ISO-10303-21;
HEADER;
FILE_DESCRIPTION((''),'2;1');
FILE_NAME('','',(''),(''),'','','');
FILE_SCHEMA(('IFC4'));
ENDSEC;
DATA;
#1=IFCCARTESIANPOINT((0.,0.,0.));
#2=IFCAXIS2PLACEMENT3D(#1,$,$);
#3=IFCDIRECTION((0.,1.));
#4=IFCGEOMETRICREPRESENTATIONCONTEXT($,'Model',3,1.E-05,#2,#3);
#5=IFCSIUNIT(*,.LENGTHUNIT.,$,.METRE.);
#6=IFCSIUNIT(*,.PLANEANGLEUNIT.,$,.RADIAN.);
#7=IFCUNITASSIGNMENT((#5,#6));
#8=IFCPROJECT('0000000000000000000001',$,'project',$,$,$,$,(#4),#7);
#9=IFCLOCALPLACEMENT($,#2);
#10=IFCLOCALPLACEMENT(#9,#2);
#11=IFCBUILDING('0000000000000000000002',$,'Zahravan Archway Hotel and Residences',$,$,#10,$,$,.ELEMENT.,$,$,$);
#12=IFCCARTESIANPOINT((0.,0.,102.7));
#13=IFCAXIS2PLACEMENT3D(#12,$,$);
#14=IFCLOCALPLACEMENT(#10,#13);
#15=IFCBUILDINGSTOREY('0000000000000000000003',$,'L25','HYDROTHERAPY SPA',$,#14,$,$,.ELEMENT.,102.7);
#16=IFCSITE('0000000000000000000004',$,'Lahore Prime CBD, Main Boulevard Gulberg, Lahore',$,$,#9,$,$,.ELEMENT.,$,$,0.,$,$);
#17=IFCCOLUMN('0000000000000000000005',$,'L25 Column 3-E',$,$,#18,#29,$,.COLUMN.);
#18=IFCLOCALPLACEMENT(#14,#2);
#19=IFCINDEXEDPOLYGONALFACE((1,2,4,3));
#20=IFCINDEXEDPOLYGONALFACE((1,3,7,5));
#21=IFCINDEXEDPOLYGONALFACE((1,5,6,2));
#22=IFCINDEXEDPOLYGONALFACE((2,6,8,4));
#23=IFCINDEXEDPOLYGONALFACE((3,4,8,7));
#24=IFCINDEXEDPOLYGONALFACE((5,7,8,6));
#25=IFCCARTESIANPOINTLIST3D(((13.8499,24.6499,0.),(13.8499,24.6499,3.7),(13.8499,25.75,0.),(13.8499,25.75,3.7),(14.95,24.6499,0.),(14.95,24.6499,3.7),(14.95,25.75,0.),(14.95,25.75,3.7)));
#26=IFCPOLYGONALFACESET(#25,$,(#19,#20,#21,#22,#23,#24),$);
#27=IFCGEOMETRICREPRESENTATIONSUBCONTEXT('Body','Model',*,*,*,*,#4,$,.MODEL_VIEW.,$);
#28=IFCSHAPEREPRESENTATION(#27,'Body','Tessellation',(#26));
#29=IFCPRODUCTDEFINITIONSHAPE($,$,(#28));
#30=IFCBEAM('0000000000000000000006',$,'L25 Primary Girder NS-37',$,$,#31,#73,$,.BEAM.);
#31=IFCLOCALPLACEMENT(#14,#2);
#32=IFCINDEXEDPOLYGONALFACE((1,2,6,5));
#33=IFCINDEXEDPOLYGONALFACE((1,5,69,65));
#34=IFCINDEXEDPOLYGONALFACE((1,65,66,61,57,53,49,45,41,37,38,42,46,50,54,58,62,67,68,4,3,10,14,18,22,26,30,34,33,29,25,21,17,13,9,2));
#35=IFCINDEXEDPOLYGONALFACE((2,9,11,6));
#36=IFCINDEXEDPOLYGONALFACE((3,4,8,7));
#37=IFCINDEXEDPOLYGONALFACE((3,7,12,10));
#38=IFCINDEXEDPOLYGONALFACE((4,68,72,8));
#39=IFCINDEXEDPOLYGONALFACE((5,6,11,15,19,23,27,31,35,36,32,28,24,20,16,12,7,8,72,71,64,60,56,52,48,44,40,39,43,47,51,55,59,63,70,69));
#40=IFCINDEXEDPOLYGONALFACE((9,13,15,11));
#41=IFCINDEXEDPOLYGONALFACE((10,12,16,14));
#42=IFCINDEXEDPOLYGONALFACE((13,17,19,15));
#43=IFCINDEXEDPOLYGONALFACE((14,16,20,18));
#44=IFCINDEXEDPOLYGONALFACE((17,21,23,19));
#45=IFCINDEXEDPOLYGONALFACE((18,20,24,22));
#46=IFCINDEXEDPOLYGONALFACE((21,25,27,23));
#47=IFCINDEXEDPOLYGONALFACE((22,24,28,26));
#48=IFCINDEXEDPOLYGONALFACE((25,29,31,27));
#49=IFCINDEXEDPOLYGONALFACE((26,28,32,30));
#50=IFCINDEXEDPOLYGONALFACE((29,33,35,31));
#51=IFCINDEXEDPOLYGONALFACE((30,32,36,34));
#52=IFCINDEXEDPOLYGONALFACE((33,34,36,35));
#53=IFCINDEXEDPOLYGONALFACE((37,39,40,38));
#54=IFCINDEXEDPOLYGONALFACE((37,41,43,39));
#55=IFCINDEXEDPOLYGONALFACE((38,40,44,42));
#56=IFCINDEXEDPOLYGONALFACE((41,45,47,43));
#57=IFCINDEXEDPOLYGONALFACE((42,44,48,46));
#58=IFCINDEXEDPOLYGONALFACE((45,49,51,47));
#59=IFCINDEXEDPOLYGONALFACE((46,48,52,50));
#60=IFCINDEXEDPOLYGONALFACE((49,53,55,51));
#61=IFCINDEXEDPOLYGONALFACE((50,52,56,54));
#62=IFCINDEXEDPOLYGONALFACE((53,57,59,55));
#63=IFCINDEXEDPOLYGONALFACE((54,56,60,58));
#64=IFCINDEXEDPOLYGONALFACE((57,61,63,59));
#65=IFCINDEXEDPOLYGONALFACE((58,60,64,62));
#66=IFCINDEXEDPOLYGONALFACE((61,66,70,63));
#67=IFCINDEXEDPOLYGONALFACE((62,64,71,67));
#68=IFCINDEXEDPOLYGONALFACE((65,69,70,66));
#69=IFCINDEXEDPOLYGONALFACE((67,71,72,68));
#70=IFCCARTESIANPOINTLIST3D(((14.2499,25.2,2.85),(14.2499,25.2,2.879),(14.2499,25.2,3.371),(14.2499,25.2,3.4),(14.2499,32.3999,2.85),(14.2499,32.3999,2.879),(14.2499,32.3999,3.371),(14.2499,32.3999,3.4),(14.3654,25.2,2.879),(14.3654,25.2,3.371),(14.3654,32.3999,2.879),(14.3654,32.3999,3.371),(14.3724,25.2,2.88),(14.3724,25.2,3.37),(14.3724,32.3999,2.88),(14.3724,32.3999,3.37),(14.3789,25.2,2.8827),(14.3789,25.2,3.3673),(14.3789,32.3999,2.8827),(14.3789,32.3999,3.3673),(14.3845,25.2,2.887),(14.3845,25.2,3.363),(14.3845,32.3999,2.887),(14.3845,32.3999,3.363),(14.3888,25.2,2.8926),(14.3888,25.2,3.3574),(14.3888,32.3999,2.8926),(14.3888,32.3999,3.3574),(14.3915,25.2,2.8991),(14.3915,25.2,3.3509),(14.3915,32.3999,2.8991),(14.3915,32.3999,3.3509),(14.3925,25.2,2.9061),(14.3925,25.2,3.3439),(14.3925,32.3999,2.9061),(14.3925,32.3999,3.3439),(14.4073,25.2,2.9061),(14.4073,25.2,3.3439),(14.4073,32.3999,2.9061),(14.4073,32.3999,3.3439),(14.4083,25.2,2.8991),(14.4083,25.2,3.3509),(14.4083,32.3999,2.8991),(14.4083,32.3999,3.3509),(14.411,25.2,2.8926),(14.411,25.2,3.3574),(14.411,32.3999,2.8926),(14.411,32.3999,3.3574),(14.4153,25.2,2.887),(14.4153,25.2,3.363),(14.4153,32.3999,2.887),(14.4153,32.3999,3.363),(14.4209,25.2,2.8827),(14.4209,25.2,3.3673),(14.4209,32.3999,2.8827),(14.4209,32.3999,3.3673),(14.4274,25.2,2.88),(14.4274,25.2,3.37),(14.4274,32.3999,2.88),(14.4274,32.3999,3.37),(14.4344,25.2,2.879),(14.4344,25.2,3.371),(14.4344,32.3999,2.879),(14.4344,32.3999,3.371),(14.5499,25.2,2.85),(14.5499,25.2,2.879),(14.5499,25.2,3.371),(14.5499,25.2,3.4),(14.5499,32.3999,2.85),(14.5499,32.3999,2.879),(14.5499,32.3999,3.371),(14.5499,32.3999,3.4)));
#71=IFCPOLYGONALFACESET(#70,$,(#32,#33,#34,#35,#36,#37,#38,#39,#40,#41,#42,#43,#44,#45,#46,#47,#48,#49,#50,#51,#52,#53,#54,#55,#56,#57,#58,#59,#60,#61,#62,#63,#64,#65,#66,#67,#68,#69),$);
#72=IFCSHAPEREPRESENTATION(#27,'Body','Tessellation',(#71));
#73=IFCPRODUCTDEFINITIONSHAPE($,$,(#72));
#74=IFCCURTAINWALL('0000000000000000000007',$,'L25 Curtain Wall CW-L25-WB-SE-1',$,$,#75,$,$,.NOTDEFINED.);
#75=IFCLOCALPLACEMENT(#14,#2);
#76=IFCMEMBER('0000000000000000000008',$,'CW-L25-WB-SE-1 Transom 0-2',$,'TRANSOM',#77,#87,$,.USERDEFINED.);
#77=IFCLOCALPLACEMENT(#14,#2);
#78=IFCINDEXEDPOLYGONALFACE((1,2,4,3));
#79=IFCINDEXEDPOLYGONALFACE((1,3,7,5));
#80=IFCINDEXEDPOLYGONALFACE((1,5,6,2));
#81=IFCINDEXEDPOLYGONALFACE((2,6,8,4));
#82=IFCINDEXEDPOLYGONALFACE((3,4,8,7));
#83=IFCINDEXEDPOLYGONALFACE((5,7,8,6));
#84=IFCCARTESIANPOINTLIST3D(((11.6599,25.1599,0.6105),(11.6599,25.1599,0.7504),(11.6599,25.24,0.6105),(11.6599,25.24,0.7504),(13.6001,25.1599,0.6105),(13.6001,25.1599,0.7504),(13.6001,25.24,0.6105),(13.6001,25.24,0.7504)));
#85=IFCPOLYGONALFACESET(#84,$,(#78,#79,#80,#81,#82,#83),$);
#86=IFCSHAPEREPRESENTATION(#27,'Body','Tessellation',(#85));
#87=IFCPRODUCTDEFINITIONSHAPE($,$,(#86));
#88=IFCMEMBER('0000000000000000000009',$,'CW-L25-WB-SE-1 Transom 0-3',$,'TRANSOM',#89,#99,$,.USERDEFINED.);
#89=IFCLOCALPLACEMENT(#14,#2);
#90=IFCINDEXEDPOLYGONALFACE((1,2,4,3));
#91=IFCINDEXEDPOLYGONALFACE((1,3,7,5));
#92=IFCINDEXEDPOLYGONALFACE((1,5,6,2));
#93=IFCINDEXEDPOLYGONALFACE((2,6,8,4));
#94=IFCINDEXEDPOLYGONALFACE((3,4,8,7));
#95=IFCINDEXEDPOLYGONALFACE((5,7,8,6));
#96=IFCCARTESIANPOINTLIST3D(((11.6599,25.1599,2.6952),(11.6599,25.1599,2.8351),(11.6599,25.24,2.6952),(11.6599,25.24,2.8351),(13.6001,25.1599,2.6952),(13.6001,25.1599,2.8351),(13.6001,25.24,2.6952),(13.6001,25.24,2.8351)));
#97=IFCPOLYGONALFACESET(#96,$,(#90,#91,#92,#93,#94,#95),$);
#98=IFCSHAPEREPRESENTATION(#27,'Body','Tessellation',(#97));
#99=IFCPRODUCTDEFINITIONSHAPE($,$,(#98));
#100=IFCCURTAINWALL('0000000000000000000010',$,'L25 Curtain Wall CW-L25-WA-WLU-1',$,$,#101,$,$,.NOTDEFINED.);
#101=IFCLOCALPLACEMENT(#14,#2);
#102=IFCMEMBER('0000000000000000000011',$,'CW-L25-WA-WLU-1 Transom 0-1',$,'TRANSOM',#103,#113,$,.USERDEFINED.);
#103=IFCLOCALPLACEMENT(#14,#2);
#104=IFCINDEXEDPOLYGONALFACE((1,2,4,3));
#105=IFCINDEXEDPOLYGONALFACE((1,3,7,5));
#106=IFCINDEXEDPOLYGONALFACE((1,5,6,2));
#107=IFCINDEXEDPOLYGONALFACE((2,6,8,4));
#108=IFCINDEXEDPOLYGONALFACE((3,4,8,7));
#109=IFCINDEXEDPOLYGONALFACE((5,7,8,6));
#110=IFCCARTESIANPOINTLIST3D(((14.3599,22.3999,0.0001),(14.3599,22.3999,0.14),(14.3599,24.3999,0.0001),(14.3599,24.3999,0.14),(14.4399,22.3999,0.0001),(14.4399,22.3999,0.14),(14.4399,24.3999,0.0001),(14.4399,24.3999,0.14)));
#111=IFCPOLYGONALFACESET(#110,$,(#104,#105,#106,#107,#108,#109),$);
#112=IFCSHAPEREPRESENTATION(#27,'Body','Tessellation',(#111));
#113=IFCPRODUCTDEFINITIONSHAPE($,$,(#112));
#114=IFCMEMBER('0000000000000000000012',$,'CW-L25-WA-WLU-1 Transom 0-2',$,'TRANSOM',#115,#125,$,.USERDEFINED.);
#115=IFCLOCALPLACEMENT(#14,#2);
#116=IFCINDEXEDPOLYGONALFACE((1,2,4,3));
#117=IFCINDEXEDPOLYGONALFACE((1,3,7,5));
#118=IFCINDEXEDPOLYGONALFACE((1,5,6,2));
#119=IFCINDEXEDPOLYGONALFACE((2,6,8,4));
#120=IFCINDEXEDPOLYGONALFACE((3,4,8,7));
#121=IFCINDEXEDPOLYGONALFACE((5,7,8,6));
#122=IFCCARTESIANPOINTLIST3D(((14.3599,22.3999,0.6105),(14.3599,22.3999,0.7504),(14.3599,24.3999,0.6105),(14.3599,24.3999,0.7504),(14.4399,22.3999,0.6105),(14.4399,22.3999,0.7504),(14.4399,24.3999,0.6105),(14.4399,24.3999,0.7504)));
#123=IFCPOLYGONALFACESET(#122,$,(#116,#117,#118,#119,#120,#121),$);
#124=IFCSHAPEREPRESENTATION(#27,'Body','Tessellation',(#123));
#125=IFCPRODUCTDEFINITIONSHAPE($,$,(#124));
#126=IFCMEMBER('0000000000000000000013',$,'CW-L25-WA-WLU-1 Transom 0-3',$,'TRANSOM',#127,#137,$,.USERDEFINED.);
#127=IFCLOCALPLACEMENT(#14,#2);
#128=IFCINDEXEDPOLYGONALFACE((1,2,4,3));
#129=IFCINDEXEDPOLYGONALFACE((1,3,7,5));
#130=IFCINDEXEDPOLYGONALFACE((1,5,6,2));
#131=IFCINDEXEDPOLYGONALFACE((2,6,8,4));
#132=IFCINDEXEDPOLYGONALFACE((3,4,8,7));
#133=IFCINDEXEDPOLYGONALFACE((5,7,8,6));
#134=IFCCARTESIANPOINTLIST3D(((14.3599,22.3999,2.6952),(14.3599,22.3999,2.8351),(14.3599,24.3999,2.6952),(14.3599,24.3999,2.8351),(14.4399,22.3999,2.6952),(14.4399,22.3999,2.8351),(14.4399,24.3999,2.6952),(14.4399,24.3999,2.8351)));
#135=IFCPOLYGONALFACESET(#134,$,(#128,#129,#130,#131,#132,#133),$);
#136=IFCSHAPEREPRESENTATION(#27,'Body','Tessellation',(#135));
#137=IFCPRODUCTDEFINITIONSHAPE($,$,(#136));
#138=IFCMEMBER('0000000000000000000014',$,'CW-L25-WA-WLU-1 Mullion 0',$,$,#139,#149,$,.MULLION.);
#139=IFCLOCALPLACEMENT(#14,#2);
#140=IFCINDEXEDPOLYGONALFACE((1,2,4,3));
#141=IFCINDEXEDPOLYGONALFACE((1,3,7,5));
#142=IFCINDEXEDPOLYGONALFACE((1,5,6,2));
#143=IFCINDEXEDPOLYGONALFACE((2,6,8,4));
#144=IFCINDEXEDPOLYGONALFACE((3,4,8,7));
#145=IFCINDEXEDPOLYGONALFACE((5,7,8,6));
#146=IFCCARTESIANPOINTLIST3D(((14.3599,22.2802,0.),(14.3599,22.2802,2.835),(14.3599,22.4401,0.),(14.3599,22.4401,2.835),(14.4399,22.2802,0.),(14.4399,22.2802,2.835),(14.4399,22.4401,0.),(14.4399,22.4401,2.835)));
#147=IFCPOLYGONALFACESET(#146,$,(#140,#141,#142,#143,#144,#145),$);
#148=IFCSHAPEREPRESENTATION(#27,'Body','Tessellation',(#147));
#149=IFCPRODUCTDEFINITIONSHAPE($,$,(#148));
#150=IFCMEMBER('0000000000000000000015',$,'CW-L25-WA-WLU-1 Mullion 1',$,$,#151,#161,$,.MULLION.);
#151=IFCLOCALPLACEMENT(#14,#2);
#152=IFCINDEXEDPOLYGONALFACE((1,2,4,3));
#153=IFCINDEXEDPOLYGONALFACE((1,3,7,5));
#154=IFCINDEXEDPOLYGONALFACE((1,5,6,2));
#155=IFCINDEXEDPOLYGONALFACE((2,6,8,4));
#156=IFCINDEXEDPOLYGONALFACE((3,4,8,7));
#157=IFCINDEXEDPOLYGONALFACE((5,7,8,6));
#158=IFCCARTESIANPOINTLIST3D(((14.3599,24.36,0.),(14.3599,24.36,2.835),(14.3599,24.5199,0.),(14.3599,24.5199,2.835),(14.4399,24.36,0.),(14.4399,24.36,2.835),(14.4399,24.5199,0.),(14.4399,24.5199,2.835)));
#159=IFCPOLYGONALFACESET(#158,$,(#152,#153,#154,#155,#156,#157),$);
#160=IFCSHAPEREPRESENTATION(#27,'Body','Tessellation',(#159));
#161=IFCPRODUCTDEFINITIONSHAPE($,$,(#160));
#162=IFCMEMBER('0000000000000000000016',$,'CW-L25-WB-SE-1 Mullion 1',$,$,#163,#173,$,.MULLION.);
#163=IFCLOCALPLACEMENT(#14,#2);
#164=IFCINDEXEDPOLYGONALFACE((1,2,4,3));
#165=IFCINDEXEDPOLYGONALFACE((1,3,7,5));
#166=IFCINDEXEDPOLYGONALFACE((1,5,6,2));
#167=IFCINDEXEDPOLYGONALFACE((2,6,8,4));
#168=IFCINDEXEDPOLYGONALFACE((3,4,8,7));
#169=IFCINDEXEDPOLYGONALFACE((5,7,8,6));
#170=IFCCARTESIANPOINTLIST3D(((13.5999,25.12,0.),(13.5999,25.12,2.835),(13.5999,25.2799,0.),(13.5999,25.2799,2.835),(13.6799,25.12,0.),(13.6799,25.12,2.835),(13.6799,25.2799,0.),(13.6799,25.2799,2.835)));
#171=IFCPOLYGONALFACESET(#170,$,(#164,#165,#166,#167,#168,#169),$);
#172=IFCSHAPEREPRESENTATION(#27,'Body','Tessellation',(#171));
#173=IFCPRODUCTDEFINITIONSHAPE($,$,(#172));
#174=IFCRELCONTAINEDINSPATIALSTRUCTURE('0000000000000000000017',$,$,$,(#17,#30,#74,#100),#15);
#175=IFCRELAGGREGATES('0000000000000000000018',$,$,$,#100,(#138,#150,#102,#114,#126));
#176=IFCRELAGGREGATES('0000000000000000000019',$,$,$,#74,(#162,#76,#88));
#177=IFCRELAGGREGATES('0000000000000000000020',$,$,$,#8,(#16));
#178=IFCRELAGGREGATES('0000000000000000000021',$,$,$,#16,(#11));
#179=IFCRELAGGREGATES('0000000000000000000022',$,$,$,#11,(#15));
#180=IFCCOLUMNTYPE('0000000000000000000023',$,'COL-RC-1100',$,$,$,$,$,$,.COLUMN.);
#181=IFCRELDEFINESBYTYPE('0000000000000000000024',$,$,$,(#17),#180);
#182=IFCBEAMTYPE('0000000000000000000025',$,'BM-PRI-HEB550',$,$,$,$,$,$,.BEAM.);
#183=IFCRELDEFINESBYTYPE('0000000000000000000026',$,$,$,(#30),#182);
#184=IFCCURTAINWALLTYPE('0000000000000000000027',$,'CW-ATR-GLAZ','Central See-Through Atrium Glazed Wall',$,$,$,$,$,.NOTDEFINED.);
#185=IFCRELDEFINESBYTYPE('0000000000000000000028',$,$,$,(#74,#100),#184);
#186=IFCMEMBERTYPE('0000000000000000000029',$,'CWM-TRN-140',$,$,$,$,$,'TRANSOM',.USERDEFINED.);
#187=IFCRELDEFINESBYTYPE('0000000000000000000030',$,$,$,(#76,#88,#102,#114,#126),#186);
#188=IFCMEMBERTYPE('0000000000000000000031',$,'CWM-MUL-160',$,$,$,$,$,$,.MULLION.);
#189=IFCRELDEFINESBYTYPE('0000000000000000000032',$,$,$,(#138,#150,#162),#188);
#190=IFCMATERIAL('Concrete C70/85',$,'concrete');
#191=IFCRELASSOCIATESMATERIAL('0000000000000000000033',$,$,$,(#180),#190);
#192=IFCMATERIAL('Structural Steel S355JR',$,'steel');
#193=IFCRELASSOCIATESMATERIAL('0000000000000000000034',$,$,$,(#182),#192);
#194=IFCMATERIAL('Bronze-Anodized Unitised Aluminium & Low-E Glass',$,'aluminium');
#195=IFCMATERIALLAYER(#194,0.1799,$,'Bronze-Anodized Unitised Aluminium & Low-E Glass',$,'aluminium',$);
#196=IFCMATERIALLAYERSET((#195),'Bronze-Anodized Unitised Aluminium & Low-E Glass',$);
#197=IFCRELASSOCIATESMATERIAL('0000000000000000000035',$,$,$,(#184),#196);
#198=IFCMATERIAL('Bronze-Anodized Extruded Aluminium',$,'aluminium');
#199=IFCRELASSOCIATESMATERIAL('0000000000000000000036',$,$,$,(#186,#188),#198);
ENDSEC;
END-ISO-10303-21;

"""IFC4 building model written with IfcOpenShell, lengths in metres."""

from ifc_helpers import new_model, si_unit, direction, frame, origin, origin_2d, place, context, subcontext, project, spatial, rectangle, i_section, extrude, source, transform, mapped, material, layer, layer_set, material_profile, profile_set, type_object, element, aggregate, save


model = new_model("IFC4")

# Units and contexts
model_context = context("Model", 3, precision=1e-05, world=origin(), true_north=direction((0.0, 1.0)))
body_context = subcontext(model_context, "Body", "Model", "MODEL_VIEW")
ifc_project = project(units=[si_unit("LENGTHUNIT", "METRE"), si_unit("PLANEANGLEUNIT", "RADIAN")], contexts=[model_context])

# Site, building, storey
site_placement = place(None, origin())
site = spatial("IfcSite", under=ifc_project, at=site_placement, Name="Lahore Prime CBD, Main Boulevard Gulberg, Lahore", CompositionType="ELEMENT", RefElevation=0.0)
building_placement = place(site_placement, origin())
building = spatial("IfcBuilding", under=site, at=building_placement, Name="Zahravan Archway Hotel and Residences", CompositionType="ELEMENT")
storey_placement = place(building_placement, frame((0.0, 0.0, 102.7)))
storey = spatial("IfcBuildingStorey", under=building, at=storey_placement, Name="L25", Description="HYDROTHERAPY SPA", CompositionType="ELEMENT", Elevation=102.7)

# Column
ifc_material_1 = material(Name="Concrete C70/85", Category="concrete")
ifc_material_profile_1 = material_profile(ifc_material_1, rectangle(XDim=1.1001, YDim=1.1001, at=origin_2d()), Name="RC 1100x1100", Category="concrete")
ifc_profile_set_1 = profile_set([ifc_material_profile_1], Name="Concrete C70/85")
column_type = type_object("IfcColumnType", Name="COL-RC-1100", PredefinedType="COLUMN", material=ifc_profile_set_1)
shared_shape_1 = source(origin(), body_context, "Body", "SweptSolid", [
    extrude(rectangle(XDim=1.1001, YDim=1.1001, at=origin_2d()), origin(), (0.0, 0.0, 1.0), 3.7),
])
column_placement = place(storey_placement, frame((14.3999, 25.2, 0.0), z_axis=(0.0, 0.0, 1.0), x_axis=(1.0, 0.0, 0.0)))
element("IfcColumn", 1, at=column_placement, inside=storey, type_object=column_type, Name="L25 Column 3-E", PredefinedType="COLUMN", context=body_context, shape_type="MappedRepresentation", body=[
    mapped(shared_shape_1, transform((0.0, 0.0, 0.0), scale=1.0)),
])

# Beam
ifc_material_2 = material(Name="Structural Steel S355JR", Category="steel")
ifc_material_profile_2 = material_profile(ifc_material_2, i_section(OverallWidth=0.3, OverallDepth=0.55, WebThickness=0.0149, FlangeThickness=0.0291, FilletRadius=0.0271, at=origin_2d()), Name="HEB 550", Category="steel")
ifc_profile_set_2 = profile_set([ifc_material_profile_2], Name="Structural Steel S355JR")
beam_type = type_object("IfcBeamType", Name="BM-PRI-HEB550", PredefinedType="BEAM", material=ifc_profile_set_2)
shared_shape_2 = source(origin(), body_context, "Body", "SweptSolid", [
    extrude(i_section(OverallWidth=0.3, OverallDepth=0.55, WebThickness=0.0149, FlangeThickness=0.0291, FilletRadius=0.0271, at=origin_2d()), origin(), (0.0, 0.0, 1.0), 7.2),
])
beam_placement = place(storey_placement, frame((14.3999, 25.2, 3.125), z_axis=(0.0, 1.0, 0.0), x_axis=(-1.0, 0.0, 0.0)))
element("IfcBeam", 2, at=beam_placement, inside=storey, type_object=beam_type, Name="L25 Primary Girder NS-37", PredefinedType="BEAM", context=body_context, shape_type="MappedRepresentation", body=[
    mapped(shared_shape_2, transform((0.0, 0.0, 0.0), scale=1.0)),
])

# Curtain walls, members
ifc_material_3 = material(Name="Bronze-Anodized Unitised Aluminium & Low-E Glass", Category="aluminium")
ifc_layer_1 = layer(ifc_material_3, 0.1799, Name="Bronze-Anodized Unitised Aluminium & Low-E Glass", Category="aluminium")
ifc_layer_set_1 = layer_set([ifc_layer_1], Name="Bronze-Anodized Unitised Aluminium & Low-E Glass")
curtain_wall_type = type_object("IfcCurtainWallType", Name="CW-ATR-GLAZ", Description="Central See-Through Atrium Glazed Wall", PredefinedType="NOTDEFINED", material=ifc_layer_set_1)
curtain_wall_1_placement = place(storey_placement, origin())
curtain_wall_1 = element("IfcCurtainWall", 3, at=curtain_wall_1_placement, inside=storey, type_object=curtain_wall_type, Name="L25 Curtain Wall CW-L25-WB-SE-1", PredefinedType="NOTDEFINED")
ifc_material_4 = material(Name="Bronze-Anodized Extruded Aluminium", Category="aluminium")
ifc_material_profile_3 = material_profile(ifc_material_4, rectangle(XDim=0.0801, YDim=0.1399, at=origin_2d()), Name="TRN 80x140", Category="aluminium")
ifc_profile_set_3 = profile_set([ifc_material_profile_3], Name="Bronze-Anodized Extruded Aluminium")
member_type_1 = type_object("IfcMemberType", Name="CWM-TRN-140", ElementType="TRANSOM", PredefinedType="USERDEFINED", material=ifc_profile_set_3)
shared_shape_3 = source(origin(), body_context, "Body", "SweptSolid", [
    extrude(rectangle(XDim=0.0801, YDim=0.1399, at=origin_2d()), origin(), (0.0, 0.0, 1.0), 1.9402),
])
member_1_placement = place(storey_placement, frame((11.6599, 25.2, 0.6804), z_axis=(1.0, 0.0, 0.0), x_axis=(0.0, 1.0, 0.0)))
member_1 = element("IfcMember", 4, at=member_1_placement, type_object=member_type_1, Name="CW-L25-WB-SE-1 Transom 0-2", ObjectType="TRANSOM", PredefinedType="USERDEFINED", context=body_context, shape_type="MappedRepresentation", body=[
    mapped(shared_shape_3, transform((0.0, 0.0, 0.0), scale=1.0)),
])
member_2_placement = place(storey_placement, frame((11.6599, 25.2, 2.7651), z_axis=(1.0, 0.0, 0.0), x_axis=(0.0, 1.0, 0.0)))
member_2 = element("IfcMember", 5, at=member_2_placement, type_object=member_type_1, Name="CW-L25-WB-SE-1 Transom 0-3", ObjectType="TRANSOM", PredefinedType="USERDEFINED", context=body_context, shape_type="MappedRepresentation", body=[
    mapped(shared_shape_3, transform((0.0, 0.0, 0.0), scale=1.0)),
])
curtain_wall_2_placement = place(storey_placement, origin())
curtain_wall_2 = element("IfcCurtainWall", 6, at=curtain_wall_2_placement, inside=storey, type_object=curtain_wall_type, Name="L25 Curtain Wall CW-L25-WA-WLU-1", PredefinedType="NOTDEFINED")
shared_shape_4 = source(origin(), body_context, "Body", "SweptSolid", [
    extrude(rectangle(XDim=0.0801, YDim=0.1399, at=origin_2d()), origin(), (0.0, 0.0, 1.0), 2.0),
])
member_3_placement = place(storey_placement, frame((14.3999, 22.3999, 0.0701), z_axis=(0.0, 1.0, 0.0), x_axis=(-1.0, 0.0, 0.0)))
member_3 = element("IfcMember", 7, at=member_3_placement, type_object=member_type_1, Name="CW-L25-WA-WLU-1 Transom 0-1", ObjectType="TRANSOM", PredefinedType="USERDEFINED", context=body_context, shape_type="MappedRepresentation", body=[
    mapped(shared_shape_4, transform((0.0, 0.0, 0.0), scale=1.0)),
])
member_4_placement = place(storey_placement, frame((14.3999, 22.3999, 0.6804), z_axis=(0.0, 1.0, 0.0), x_axis=(-1.0, 0.0, 0.0)))
member_4 = element("IfcMember", 8, at=member_4_placement, type_object=member_type_1, Name="CW-L25-WA-WLU-1 Transom 0-2", ObjectType="TRANSOM", PredefinedType="USERDEFINED", context=body_context, shape_type="MappedRepresentation", body=[
    mapped(shared_shape_4, transform((0.0, 0.0, 0.0), scale=1.0)),
])
member_5_placement = place(storey_placement, frame((14.3999, 22.3999, 2.7651), z_axis=(0.0, 1.0, 0.0), x_axis=(-1.0, 0.0, 0.0)))
member_5 = element("IfcMember", 9, at=member_5_placement, type_object=member_type_1, Name="CW-L25-WA-WLU-1 Transom 0-3", ObjectType="TRANSOM", PredefinedType="USERDEFINED", context=body_context, shape_type="MappedRepresentation", body=[
    mapped(shared_shape_4, transform((0.0, 0.0, 0.0), scale=1.0)),
])
ifc_material_profile_4 = material_profile(ifc_material_4, rectangle(XDim=0.0801, YDim=0.1599, at=origin_2d()), Name="MUL 80x160", Category="aluminium")
ifc_profile_set_4 = profile_set([ifc_material_profile_4], Name="Bronze-Anodized Extruded Aluminium")
member_type_2 = type_object("IfcMemberType", Name="CWM-MUL-160", PredefinedType="MULLION", material=ifc_profile_set_4)
shared_shape_5 = source(origin(), body_context, "Body", "SweptSolid", [
    extrude(rectangle(XDim=0.0801, YDim=0.1599, at=origin_2d()), origin(), (0.0, 0.0, 1.0), 2.835),
])
member_6_placement = place(storey_placement, frame((14.3999, 22.3601, 0.0), z_axis=(0.0, 0.0, 1.0), x_axis=(1.0, 0.0, 0.0)))
member_6 = element("IfcMember", 10, at=member_6_placement, type_object=member_type_2, Name="CW-L25-WA-WLU-1 Mullion 0", PredefinedType="MULLION", context=body_context, shape_type="MappedRepresentation", body=[
    mapped(shared_shape_5, transform((0.0, 0.0, 0.0), scale=1.0)),
])
member_7_placement = place(storey_placement, frame((14.3999, 24.4399, 0.0), z_axis=(0.0, 0.0, 1.0), x_axis=(1.0, 0.0, 0.0)))
member_7 = element("IfcMember", 11, at=member_7_placement, type_object=member_type_2, Name="CW-L25-WA-WLU-1 Mullion 1", PredefinedType="MULLION", context=body_context, shape_type="MappedRepresentation", body=[
    mapped(shared_shape_5, transform((0.0, 0.0, 0.0), scale=1.0)),
])

# Member
member_8_placement = place(storey_placement, frame((13.6399, 25.2, 0.0), z_axis=(0.0, 0.0, 1.0), x_axis=(1.0, 0.0, 0.0)))
member_8 = element("IfcMember", 12, at=member_8_placement, type_object=member_type_2, Name="CW-L25-WB-SE-1 Mullion 1", PredefinedType="MULLION", context=body_context, shape_type="MappedRepresentation", body=[
    mapped(shared_shape_5, transform((0.0, 0.0, 0.0), scale=1.0)),
])

aggregate(curtain_wall_2, [member_6, member_7, member_3, member_4, member_5])
aggregate(curtain_wall_1, [member_8, member_1, member_2])

save(model, "model.ifc")
